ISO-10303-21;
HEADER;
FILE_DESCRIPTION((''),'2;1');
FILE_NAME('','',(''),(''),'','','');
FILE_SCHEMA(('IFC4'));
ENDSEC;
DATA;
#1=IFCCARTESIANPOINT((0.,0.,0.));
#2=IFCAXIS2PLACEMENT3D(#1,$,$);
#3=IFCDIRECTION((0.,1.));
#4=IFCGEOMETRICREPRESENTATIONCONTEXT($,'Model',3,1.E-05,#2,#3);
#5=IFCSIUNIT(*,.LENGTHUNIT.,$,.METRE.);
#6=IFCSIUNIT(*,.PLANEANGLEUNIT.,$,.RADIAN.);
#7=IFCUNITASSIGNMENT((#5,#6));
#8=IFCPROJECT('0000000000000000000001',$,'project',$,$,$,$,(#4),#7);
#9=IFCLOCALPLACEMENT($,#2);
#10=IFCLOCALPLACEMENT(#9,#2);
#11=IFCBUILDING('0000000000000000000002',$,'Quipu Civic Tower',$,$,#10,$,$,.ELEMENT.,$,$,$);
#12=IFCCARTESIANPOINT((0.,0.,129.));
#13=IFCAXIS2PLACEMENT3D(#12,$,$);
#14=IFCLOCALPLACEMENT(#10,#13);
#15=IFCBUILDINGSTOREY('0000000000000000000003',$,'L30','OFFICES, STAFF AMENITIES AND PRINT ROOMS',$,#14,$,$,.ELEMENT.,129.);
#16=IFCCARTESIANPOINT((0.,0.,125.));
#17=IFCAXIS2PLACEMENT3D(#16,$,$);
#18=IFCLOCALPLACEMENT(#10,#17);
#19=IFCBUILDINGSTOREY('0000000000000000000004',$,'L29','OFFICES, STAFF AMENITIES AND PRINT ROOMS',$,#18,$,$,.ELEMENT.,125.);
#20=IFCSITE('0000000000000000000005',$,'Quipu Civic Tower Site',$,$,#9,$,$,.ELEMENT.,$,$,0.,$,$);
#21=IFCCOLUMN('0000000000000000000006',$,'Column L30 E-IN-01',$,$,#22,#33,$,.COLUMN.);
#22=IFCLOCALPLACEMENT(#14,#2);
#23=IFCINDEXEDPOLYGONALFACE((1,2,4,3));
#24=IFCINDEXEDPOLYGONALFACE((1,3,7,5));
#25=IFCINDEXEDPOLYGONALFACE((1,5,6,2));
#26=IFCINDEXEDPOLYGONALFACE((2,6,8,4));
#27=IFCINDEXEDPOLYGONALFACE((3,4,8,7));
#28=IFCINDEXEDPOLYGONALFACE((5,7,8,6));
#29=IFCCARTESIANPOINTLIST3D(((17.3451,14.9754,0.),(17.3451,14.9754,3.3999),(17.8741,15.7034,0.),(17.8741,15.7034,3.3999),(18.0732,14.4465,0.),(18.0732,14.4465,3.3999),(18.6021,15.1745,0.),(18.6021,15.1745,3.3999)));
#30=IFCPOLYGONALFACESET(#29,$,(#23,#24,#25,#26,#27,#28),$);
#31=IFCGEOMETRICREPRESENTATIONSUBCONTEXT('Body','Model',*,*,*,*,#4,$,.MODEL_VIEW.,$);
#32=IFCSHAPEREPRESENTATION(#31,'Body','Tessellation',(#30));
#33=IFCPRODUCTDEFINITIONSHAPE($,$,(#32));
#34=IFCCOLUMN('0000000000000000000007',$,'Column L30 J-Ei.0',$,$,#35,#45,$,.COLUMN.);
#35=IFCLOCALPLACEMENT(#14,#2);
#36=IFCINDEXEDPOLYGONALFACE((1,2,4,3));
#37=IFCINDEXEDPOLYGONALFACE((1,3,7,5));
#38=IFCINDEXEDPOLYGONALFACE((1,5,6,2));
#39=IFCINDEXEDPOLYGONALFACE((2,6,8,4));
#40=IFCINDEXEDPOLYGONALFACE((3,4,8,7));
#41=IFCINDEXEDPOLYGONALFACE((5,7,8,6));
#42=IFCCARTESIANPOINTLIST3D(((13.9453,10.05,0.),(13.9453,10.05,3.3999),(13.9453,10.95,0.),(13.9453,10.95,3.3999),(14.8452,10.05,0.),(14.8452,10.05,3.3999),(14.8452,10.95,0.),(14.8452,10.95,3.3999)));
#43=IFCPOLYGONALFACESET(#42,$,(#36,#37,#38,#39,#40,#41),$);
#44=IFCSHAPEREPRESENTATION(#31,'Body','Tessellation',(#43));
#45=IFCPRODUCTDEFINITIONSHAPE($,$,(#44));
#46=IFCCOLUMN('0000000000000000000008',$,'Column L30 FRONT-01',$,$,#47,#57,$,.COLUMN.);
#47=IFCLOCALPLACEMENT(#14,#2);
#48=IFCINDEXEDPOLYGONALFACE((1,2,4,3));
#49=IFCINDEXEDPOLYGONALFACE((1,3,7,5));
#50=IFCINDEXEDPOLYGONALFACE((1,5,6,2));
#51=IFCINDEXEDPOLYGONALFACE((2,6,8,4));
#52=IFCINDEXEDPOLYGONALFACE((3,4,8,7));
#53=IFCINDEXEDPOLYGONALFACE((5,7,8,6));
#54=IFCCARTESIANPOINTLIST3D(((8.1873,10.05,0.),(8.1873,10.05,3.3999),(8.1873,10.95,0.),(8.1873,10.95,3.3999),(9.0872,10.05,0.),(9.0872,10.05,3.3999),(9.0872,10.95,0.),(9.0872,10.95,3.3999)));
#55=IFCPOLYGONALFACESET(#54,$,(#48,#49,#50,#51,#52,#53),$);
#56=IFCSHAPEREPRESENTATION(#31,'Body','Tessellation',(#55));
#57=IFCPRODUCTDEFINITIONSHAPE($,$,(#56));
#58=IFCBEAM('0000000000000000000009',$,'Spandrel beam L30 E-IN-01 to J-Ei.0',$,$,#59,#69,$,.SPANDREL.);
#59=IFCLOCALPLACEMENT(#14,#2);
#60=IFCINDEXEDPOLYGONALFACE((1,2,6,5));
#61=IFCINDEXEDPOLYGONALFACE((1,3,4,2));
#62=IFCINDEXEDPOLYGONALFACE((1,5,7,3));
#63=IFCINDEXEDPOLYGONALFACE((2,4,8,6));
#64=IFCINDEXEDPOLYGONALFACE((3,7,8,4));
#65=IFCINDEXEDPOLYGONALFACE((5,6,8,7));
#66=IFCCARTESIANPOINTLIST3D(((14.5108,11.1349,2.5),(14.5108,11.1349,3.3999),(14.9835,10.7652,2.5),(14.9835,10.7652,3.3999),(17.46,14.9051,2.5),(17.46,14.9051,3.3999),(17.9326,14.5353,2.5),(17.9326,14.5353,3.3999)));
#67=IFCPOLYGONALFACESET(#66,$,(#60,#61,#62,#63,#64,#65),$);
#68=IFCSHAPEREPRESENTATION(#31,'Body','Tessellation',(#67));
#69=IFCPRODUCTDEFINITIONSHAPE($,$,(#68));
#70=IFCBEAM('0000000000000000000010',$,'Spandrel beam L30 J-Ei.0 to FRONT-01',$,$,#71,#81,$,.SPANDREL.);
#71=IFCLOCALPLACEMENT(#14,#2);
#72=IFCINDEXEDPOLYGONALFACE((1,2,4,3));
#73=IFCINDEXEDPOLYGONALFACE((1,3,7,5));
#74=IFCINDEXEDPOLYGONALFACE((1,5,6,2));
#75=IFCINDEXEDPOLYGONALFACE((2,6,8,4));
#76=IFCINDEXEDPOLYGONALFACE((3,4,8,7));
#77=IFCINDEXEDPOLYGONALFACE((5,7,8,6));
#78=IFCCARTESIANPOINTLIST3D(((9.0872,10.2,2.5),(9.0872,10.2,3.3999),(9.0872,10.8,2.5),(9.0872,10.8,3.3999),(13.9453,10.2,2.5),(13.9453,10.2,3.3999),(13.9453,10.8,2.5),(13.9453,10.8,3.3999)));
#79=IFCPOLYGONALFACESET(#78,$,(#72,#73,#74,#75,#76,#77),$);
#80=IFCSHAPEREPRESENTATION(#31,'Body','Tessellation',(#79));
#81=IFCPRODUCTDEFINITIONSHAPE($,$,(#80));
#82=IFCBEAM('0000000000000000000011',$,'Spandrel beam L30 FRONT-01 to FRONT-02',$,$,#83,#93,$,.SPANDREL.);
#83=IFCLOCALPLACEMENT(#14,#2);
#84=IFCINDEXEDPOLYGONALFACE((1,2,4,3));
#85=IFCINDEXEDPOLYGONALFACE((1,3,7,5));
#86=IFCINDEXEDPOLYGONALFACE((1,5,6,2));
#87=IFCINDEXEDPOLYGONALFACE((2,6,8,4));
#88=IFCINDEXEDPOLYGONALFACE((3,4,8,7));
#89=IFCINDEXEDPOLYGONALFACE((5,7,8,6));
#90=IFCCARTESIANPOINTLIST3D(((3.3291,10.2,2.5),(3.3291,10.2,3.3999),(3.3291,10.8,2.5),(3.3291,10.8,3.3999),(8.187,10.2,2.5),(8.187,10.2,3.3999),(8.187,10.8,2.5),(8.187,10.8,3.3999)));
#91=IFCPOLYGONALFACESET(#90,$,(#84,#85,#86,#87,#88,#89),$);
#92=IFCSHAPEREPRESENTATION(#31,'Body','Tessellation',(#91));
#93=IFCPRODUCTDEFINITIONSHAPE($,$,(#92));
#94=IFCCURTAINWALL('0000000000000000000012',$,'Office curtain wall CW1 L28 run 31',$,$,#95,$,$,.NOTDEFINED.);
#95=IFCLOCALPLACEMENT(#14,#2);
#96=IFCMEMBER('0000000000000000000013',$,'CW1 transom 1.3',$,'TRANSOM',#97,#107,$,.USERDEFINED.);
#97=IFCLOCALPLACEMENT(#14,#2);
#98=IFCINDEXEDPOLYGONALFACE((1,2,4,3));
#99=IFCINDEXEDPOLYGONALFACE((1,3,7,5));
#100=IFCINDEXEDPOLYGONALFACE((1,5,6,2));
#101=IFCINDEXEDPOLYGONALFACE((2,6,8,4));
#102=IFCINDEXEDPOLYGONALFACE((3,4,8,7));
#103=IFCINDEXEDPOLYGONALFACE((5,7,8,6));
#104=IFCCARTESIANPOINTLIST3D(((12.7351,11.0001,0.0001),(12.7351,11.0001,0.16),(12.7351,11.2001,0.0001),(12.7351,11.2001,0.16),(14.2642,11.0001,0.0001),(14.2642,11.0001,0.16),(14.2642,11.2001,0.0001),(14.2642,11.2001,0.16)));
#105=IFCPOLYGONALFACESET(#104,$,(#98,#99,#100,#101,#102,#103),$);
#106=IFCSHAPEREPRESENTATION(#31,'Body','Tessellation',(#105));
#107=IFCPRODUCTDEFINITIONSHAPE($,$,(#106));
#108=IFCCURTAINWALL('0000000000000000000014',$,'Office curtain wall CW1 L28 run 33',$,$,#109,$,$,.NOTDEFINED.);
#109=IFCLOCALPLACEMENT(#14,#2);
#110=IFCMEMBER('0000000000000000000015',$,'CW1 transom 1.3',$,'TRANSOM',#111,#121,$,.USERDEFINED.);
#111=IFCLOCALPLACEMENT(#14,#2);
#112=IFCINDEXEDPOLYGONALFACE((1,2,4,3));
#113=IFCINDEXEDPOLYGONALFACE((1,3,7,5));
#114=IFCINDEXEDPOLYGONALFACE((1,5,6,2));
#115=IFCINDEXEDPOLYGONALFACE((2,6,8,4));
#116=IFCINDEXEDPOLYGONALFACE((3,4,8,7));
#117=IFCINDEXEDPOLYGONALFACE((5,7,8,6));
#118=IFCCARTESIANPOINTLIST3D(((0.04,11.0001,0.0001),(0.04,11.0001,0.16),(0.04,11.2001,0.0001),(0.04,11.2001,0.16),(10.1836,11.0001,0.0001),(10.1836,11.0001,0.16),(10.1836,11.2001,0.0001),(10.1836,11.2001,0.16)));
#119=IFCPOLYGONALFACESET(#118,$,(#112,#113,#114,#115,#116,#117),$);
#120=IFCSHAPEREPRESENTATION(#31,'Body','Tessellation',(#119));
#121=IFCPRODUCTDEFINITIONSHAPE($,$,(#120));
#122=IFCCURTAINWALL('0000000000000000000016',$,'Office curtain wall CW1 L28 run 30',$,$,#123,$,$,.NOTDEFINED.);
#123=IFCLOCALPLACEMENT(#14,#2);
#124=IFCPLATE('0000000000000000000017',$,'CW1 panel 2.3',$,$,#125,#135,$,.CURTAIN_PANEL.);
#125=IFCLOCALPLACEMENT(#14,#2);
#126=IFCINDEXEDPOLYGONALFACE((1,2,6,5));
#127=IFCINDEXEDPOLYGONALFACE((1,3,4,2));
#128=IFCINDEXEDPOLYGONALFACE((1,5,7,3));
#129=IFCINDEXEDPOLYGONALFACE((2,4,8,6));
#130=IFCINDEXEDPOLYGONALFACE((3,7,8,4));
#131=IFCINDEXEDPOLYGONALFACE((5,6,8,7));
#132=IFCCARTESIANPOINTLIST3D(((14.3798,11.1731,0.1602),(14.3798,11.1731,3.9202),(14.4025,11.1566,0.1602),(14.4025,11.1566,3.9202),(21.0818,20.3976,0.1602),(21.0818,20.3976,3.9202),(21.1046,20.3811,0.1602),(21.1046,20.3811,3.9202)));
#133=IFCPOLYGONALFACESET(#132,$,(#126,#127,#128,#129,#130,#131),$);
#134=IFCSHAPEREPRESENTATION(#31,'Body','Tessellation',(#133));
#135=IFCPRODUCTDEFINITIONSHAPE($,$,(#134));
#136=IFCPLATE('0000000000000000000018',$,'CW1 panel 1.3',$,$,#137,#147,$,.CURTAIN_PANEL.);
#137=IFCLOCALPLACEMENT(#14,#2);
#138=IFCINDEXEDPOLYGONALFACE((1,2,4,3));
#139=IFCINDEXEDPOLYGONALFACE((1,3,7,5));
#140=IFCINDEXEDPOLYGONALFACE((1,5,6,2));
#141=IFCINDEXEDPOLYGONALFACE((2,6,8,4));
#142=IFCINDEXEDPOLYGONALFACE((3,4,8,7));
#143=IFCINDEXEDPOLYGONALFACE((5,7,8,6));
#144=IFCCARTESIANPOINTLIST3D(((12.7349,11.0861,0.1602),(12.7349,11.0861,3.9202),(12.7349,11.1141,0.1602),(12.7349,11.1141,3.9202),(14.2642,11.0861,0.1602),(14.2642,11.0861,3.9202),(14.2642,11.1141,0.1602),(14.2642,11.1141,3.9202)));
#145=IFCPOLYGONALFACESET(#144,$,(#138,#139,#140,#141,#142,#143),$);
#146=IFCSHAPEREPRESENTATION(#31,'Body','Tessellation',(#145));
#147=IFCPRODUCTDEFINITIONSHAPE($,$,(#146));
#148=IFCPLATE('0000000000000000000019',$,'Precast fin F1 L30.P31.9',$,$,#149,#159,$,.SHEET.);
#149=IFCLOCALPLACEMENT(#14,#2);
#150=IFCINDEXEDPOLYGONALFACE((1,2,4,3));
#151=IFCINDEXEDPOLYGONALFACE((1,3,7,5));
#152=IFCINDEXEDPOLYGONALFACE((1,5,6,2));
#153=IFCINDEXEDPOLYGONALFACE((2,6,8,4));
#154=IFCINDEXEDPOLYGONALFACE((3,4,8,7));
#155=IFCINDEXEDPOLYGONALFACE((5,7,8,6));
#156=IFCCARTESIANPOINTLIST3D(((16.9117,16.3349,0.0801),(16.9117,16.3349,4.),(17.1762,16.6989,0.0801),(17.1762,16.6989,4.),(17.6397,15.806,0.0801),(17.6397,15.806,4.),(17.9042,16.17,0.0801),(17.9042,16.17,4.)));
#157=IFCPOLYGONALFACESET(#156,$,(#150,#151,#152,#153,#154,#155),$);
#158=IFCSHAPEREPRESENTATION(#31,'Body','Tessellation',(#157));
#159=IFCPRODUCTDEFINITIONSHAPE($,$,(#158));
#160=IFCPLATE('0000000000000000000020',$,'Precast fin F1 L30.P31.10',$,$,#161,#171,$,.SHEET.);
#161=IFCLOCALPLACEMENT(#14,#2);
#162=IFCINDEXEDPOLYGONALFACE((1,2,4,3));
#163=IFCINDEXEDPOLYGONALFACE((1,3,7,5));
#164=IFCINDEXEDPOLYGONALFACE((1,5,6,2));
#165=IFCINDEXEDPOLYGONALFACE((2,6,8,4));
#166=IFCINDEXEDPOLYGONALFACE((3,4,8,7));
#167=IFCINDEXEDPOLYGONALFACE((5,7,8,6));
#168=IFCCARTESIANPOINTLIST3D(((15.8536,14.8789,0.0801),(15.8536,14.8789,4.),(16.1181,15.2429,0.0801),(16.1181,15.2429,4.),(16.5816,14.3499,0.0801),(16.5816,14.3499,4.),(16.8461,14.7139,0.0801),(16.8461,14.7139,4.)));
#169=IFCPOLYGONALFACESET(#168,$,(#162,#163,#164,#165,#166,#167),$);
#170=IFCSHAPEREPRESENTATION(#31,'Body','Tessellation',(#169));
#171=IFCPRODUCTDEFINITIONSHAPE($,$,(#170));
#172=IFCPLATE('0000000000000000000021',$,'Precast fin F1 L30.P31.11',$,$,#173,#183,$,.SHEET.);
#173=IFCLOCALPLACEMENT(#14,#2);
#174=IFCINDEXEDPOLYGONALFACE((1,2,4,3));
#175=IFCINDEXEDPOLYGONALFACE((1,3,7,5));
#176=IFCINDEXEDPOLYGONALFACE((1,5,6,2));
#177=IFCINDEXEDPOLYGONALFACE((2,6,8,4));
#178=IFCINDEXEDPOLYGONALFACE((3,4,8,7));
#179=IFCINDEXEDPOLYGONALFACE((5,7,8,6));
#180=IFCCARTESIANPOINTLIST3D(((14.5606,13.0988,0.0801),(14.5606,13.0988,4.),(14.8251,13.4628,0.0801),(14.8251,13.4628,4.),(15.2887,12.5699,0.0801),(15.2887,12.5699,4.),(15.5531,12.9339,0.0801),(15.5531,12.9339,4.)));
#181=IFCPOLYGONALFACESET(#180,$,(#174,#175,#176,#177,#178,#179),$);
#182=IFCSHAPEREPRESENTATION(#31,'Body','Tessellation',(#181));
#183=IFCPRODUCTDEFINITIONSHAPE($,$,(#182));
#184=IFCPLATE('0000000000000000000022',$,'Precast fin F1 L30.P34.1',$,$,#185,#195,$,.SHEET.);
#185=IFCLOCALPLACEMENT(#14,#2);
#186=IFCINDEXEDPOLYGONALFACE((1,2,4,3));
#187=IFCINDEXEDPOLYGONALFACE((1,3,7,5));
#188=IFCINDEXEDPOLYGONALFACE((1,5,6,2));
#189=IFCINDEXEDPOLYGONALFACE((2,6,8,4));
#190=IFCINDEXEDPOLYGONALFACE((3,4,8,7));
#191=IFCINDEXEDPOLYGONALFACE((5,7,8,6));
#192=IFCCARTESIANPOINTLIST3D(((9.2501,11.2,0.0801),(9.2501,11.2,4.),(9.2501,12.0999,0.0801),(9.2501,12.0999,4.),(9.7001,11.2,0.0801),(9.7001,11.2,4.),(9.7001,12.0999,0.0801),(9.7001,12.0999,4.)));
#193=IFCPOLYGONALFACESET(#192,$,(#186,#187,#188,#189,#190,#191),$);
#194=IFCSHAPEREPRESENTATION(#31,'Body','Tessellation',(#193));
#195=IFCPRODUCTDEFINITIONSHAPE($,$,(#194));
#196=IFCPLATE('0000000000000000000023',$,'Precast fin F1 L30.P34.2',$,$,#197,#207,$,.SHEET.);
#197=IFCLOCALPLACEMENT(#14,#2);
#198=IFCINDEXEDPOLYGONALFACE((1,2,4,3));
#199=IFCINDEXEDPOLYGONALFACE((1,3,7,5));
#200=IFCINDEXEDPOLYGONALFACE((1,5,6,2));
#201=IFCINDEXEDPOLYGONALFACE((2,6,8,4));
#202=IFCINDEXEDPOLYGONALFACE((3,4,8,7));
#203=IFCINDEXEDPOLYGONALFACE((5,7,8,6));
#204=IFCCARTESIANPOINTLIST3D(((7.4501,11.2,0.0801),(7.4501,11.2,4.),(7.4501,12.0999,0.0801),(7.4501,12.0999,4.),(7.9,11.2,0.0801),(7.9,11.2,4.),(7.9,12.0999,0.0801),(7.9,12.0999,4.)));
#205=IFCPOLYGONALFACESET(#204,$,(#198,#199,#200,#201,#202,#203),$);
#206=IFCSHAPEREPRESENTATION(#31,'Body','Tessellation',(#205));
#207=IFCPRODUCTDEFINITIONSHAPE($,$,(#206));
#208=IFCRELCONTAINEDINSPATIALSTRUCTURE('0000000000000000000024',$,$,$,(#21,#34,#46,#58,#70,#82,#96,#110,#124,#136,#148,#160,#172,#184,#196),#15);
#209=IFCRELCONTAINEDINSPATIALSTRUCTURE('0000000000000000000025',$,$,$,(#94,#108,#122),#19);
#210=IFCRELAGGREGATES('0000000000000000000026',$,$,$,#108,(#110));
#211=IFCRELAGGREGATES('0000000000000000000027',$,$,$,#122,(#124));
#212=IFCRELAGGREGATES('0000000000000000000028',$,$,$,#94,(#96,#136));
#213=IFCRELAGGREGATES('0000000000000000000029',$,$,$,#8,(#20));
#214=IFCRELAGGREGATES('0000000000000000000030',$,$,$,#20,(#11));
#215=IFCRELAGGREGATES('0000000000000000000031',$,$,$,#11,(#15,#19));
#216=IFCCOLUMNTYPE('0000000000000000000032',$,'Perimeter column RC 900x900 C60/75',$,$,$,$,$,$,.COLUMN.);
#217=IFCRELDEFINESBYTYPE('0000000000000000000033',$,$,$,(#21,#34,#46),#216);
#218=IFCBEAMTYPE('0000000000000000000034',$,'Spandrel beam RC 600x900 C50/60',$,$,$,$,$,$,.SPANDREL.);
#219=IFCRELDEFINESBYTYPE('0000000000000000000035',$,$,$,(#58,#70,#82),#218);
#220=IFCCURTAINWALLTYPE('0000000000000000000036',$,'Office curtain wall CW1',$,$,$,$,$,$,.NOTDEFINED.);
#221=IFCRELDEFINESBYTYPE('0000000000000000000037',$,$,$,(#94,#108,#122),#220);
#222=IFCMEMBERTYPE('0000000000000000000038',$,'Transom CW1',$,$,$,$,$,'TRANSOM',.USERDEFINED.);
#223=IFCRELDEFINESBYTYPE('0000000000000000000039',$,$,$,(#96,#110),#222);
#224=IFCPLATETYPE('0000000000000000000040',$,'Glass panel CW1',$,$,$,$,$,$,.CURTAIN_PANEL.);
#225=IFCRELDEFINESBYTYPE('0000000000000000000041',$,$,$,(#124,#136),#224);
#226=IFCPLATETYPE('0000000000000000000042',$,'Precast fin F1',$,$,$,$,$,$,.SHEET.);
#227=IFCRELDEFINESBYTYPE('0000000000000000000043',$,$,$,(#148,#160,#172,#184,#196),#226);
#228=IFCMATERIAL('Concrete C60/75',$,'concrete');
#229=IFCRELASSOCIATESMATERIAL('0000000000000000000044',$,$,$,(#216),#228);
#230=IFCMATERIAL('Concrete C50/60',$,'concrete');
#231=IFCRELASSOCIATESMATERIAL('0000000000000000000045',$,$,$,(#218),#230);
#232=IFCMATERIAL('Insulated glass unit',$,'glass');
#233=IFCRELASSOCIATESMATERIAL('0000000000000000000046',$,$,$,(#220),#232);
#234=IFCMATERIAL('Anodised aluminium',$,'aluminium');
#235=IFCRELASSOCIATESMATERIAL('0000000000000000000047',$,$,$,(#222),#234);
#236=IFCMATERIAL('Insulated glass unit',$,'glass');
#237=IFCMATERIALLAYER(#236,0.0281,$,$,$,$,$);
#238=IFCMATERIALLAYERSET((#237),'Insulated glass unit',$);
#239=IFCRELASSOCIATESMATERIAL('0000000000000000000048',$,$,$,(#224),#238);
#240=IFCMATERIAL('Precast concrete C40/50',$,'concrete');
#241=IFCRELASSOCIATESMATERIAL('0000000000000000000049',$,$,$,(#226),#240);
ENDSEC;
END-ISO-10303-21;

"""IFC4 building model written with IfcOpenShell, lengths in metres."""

from ifc_helpers import new_model, si_unit, direction, frame, origin, origin_2d, place, context, subcontext, project, spatial, rectangle, extrude, material, layer, layer_set, material_profile, profile_set, type_object, element, aggregate, save


model = new_model("IFC4")

# Units and contexts
model_context = context("Model", 3, precision=1e-05, world=origin(), true_north=direction((0.0, 1.0)))
body_context = subcontext(model_context, "Body", "Model", "MODEL_VIEW")
ifc_project = project(units=[si_unit("LENGTHUNIT", "METRE"), si_unit("PLANEANGLEUNIT", "RADIAN")], contexts=[model_context])

# Site, building, storey
site_placement = place(None, origin())
site = spatial("IfcSite", under=ifc_project, at=site_placement, Name="Quipu Civic Tower Site", CompositionType="ELEMENT", RefElevation=0.0)
building_placement = place(site_placement, origin())
building = spatial("IfcBuilding", under=site, at=building_placement, Name="Quipu Civic Tower", CompositionType="ELEMENT")
storey_1_placement = place(building_placement, frame((0.0, 0.0, 129.0)))
storey_1 = spatial("IfcBuildingStorey", under=building, at=storey_1_placement, Name="L30", Description="OFFICES, STAFF AMENITIES AND PRINT ROOMS", CompositionType="ELEMENT", Elevation=129.0)

# Columns
ifc_material_1 = material(Name="Concrete C60/75", Category="concrete")
ifc_material_profile_1 = material_profile(ifc_material_1, rectangle(XDim=0.8999, YDim=0.8999, at=origin_2d()), Name="RC900x900")
ifc_profile_set_1 = profile_set([ifc_material_profile_1], Name="Concrete C60/75")
column_type = type_object("IfcColumnType", Name="Perimeter column RC 900x900 C60/75", PredefinedType="COLUMN", material=ifc_profile_set_1)
for number, where, z_axis, x_axis, name in (
    (1, (17.9736, 15.075, 0.0), (0.0, 0.0, 1.0), (-0.587785, -0.809017, 0.0), "Column L30 E-IN-01"),
    (2, (14.3953, 10.5, 0.0), (0.0, 0.0, 1.0), (-1.0, 0.0, 0.0), "Column L30 J-Ei.0"),
    (3, (8.6372, 10.5, 0.0), (0.0, 0.0, 1.0), (-1.0, 0.0, 0.0), "Column L30 FRONT-01"),
):
    element("IfcColumn", number, at=place(storey_1_placement, frame(where, z_axis=z_axis, x_axis=x_axis)), inside=storey_1, type_object=column_type, Name=name, PredefinedType="COLUMN", context=body_context, shape_type="SweptSolid", body=[
        extrude(rectangle(XDim=0.8999, YDim=0.8999, at=origin_2d()), origin(), (0.0, 0.0, 1.0), 3.3999),
    ])

# Beams
ifc_material_2 = material(Name="Concrete C50/60", Category="concrete")
ifc_material_profile_2 = material_profile(ifc_material_2, rectangle(XDim=0.6001, YDim=0.8999, at=origin_2d()), Name="RC600x900")
ifc_profile_set_2 = profile_set([ifc_material_profile_2], Name="Concrete C50/60")
beam_type = type_object("IfcBeamType", Name="Spandrel beam RC 600x900 C50/60", PredefinedType="SPANDREL", material=ifc_profile_set_2)
beam_1_placement = place(storey_1_placement, frame((17.6963, 14.7202, 2.95), z_axis=(-0.616124, -0.787649, 0.0), x_axis=(0.787649, -0.616124, 0.0)))
element("IfcBeam", 4, at=beam_1_placement, inside=storey_1, type_object=beam_type, Name="Spandrel beam L30 E-IN-01 to J-Ei.0", PredefinedType="SPANDREL", context=body_context, shape_type="SweptSolid", body=[
    extrude(rectangle(XDim=0.6001, YDim=0.8999, at=origin_2d()), origin(), (0.0, 0.0, 1.0), 4.7866),
])
beam_2_placement = place(storey_1_placement, frame((13.9453, 10.5, 2.95), z_axis=(-1.0, 0.0, 0.0), x_axis=(0.0, -1.0, 0.0)))
element("IfcBeam", 5, at=beam_2_placement, inside=storey_1, type_object=beam_type, Name="Spandrel beam L30 J-Ei.0 to FRONT-01", PredefinedType="SPANDREL", context=body_context, shape_type="SweptSolid", body=[
    extrude(rectangle(XDim=0.6001, YDim=0.8999, at=origin_2d()), origin(), (0.0, 0.0, 1.0), 4.8582),
])
beam_3_placement = place(storey_1_placement, frame((8.187, 10.5, 2.95), z_axis=(-1.0, 0.0, 0.0), x_axis=(0.0, -1.0, 0.0)))
element("IfcBeam", 6, at=beam_3_placement, inside=storey_1, type_object=beam_type, Name="Spandrel beam L30 FRONT-01 to FRONT-02", PredefinedType="SPANDREL", context=body_context, shape_type="SweptSolid", body=[
    extrude(rectangle(XDim=0.6001, YDim=0.8999, at=origin_2d()), origin(), (0.0, 0.0, 1.0), 4.8579),
])

# Shared definitions
storey_2_placement = place(building_placement, frame((0.0, 0.0, 125.0)))
storey_2 = spatial("IfcBuildingStorey", under=building, at=storey_2_placement, Name="L29", Description="OFFICES, STAFF AMENITIES AND PRINT ROOMS", CompositionType="ELEMENT", Elevation=125.0)

# Curtain walls, members
ifc_material_3 = material(Name="Insulated glass unit", Category="glass")
curtain_wall_type = type_object("IfcCurtainWallType", Name="Office curtain wall CW1", PredefinedType="NOTDEFINED", material=ifc_material_3)
curtain_wall_1_placement = place(storey_2_placement, origin())
curtain_wall_1 = element("IfcCurtainWall", 7, at=curtain_wall_1_placement, inside=storey_2, type_object=curtain_wall_type, Name="Office curtain wall CW1 L28 run 31", PredefinedType="NOTDEFINED")
ifc_material_4 = material(Name="Anodised aluminium", Category="aluminium")
ifc_material_profile_3 = material_profile(ifc_material_4, rectangle(XDim=0.2, YDim=0.1599, at=origin_2d()), Name="RECT 200x160")
ifc_profile_set_3 = profile_set([ifc_material_profile_3], Name="Anodised aluminium")
member_type = type_object("IfcMemberType", Name="Transom CW1", ElementType="TRANSOM", PredefinedType="USERDEFINED", material=ifc_profile_set_3)
member_1_placement = place(storey_1_placement, frame((14.2642, 11.1001, 0.0801), z_axis=(-1.0, 0.0, 0.0), x_axis=(0.0, -1.0, 0.0)))
member_1 = element("IfcMember", 8, at=member_1_placement, inside=storey_1, type_object=member_type, Name="CW1 transom 1.3", ObjectType="TRANSOM", PredefinedType="USERDEFINED", context=body_context, shape_type="SweptSolid", body=[
    extrude(rectangle(XDim=0.2, YDim=0.1599, at=origin_2d()), origin(), (0.0, 0.0, 1.0), 1.5291),
])
curtain_wall_2_placement = place(storey_2_placement, origin())
curtain_wall_2 = element("IfcCurtainWall", 9, at=curtain_wall_2_placement, inside=storey_2, type_object=curtain_wall_type, Name="Office curtain wall CW1 L28 run 33", PredefinedType="NOTDEFINED")
member_2_placement = place(storey_1_placement, frame((10.1836, 11.1001, 0.0801), z_axis=(-1.0, 0.0, 0.0), x_axis=(0.0, -1.0, 0.0)))
member_2 = element("IfcMember", 10, at=member_2_placement, inside=storey_1, type_object=member_type, Name="CW1 transom 1.3", ObjectType="TRANSOM", PredefinedType="USERDEFINED", context=body_context, shape_type="SweptSolid", body=[
    extrude(rectangle(XDim=0.2, YDim=0.1599, at=origin_2d()), origin(), (0.0, 0.0, 1.0), 10.1436),
])
aggregate(curtain_wall_2, [member_2])

# Curtain wall, plate
curtain_wall_3_placement = place(storey_2_placement, origin())
curtain_wall_3 = element("IfcCurtainWall", 11, at=curtain_wall_3_placement, inside=storey_2, type_object=curtain_wall_type, Name="Office curtain wall CW1 L28 run 30", PredefinedType="NOTDEFINED")
ifc_material_5 = material(Name="Insulated glass unit", Category="glass")
ifc_layer_1 = layer(ifc_material_5, 0.0281)
ifc_layer_set_1 = layer_set([ifc_layer_1], Name="Insulated glass unit")
plate_type_1 = type_object("IfcPlateType", Name="Glass panel CW1", PredefinedType="CURTAIN_PANEL", material=ifc_layer_set_1)
plate_1_placement = place(storey_1_placement, frame((17.7422, 15.7771, 0.1602), z_axis=(0.0, 0.0, 1.0), x_axis=(-0.587789, -0.809014, 0.0)))
plate_1 = element("IfcPlate", 12, at=plate_1_placement, inside=storey_1, type_object=plate_type_1, Name="CW1 panel 2.3", PredefinedType="CURTAIN_PANEL", context=body_context, shape_type="SweptSolid", body=[
    extrude(rectangle(XDim=11.4021, YDim=0.0281, at=origin_2d()), origin(), (0.0, 0.0, 1.0), 3.76),
])
aggregate(curtain_wall_3, [plate_1])

# Plate
plate_2_placement = place(storey_1_placement, frame((13.4995, 11.1001, 0.1602), z_axis=(0.0, 0.0, 1.0), x_axis=(-1.0, 0.0, 0.0)))
plate_2 = element("IfcPlate", 13, at=plate_2_placement, inside=storey_1, type_object=plate_type_1, Name="CW1 panel 1.3", PredefinedType="CURTAIN_PANEL", context=body_context, shape_type="SweptSolid", body=[
    extrude(rectangle(XDim=1.5293, YDim=0.0281, at=origin_2d()), origin(), (0.0, 0.0, 1.0), 3.76),
])
aggregate(curtain_wall_1, [member_1, plate_2])

# Plates
ifc_material_6 = material(Name="Precast concrete C40/50", Category="concrete")
plate_type_2 = type_object("IfcPlateType", Name="Precast fin F1", PredefinedType="SHEET", material=ifc_material_6)
for number, where, z_axis, x_axis, name in (
    (14, (17.408, 16.2524, 0.0801), (0.0, 0.0, 1.0), (-0.587787, -0.809016, 0.0), "Precast fin F1 L30.P31.9"),
    (15, (16.3499, 14.7964, 0.0801), (0.0, 0.0, 1.0), (-0.587787, -0.809016, 0.0), "Precast fin F1 L30.P31.10"),
    (16, (15.0569, 13.0164, 0.0801), (0.0, 0.0, 1.0), (-0.587787, -0.809016, 0.0), "Precast fin F1 L30.P31.11"),
    (17, (9.4751, 11.6499, 0.0801), (0.0, 0.0, 1.0), (-1.0, 0.0, 0.0), "Precast fin F1 L30.P34.1"),
    (18, (7.675, 11.6499, 0.0801), (0.0, 0.0, 1.0), (-1.0, 0.0, 0.0), "Precast fin F1 L30.P34.2"),
):
    element("IfcPlate", number, at=place(storey_1_placement, frame(where, z_axis=z_axis, x_axis=x_axis)), inside=storey_1, type_object=plate_type_2, Name=name, PredefinedType="SHEET", context=body_context, shape_type="SweptSolid", body=[
        extrude(rectangle(XDim=0.45, YDim=0.8999, at=origin_2d()), origin(), (0.0, 0.0, 1.0), 3.9199),
    ])

save(model, "model.ifc")
